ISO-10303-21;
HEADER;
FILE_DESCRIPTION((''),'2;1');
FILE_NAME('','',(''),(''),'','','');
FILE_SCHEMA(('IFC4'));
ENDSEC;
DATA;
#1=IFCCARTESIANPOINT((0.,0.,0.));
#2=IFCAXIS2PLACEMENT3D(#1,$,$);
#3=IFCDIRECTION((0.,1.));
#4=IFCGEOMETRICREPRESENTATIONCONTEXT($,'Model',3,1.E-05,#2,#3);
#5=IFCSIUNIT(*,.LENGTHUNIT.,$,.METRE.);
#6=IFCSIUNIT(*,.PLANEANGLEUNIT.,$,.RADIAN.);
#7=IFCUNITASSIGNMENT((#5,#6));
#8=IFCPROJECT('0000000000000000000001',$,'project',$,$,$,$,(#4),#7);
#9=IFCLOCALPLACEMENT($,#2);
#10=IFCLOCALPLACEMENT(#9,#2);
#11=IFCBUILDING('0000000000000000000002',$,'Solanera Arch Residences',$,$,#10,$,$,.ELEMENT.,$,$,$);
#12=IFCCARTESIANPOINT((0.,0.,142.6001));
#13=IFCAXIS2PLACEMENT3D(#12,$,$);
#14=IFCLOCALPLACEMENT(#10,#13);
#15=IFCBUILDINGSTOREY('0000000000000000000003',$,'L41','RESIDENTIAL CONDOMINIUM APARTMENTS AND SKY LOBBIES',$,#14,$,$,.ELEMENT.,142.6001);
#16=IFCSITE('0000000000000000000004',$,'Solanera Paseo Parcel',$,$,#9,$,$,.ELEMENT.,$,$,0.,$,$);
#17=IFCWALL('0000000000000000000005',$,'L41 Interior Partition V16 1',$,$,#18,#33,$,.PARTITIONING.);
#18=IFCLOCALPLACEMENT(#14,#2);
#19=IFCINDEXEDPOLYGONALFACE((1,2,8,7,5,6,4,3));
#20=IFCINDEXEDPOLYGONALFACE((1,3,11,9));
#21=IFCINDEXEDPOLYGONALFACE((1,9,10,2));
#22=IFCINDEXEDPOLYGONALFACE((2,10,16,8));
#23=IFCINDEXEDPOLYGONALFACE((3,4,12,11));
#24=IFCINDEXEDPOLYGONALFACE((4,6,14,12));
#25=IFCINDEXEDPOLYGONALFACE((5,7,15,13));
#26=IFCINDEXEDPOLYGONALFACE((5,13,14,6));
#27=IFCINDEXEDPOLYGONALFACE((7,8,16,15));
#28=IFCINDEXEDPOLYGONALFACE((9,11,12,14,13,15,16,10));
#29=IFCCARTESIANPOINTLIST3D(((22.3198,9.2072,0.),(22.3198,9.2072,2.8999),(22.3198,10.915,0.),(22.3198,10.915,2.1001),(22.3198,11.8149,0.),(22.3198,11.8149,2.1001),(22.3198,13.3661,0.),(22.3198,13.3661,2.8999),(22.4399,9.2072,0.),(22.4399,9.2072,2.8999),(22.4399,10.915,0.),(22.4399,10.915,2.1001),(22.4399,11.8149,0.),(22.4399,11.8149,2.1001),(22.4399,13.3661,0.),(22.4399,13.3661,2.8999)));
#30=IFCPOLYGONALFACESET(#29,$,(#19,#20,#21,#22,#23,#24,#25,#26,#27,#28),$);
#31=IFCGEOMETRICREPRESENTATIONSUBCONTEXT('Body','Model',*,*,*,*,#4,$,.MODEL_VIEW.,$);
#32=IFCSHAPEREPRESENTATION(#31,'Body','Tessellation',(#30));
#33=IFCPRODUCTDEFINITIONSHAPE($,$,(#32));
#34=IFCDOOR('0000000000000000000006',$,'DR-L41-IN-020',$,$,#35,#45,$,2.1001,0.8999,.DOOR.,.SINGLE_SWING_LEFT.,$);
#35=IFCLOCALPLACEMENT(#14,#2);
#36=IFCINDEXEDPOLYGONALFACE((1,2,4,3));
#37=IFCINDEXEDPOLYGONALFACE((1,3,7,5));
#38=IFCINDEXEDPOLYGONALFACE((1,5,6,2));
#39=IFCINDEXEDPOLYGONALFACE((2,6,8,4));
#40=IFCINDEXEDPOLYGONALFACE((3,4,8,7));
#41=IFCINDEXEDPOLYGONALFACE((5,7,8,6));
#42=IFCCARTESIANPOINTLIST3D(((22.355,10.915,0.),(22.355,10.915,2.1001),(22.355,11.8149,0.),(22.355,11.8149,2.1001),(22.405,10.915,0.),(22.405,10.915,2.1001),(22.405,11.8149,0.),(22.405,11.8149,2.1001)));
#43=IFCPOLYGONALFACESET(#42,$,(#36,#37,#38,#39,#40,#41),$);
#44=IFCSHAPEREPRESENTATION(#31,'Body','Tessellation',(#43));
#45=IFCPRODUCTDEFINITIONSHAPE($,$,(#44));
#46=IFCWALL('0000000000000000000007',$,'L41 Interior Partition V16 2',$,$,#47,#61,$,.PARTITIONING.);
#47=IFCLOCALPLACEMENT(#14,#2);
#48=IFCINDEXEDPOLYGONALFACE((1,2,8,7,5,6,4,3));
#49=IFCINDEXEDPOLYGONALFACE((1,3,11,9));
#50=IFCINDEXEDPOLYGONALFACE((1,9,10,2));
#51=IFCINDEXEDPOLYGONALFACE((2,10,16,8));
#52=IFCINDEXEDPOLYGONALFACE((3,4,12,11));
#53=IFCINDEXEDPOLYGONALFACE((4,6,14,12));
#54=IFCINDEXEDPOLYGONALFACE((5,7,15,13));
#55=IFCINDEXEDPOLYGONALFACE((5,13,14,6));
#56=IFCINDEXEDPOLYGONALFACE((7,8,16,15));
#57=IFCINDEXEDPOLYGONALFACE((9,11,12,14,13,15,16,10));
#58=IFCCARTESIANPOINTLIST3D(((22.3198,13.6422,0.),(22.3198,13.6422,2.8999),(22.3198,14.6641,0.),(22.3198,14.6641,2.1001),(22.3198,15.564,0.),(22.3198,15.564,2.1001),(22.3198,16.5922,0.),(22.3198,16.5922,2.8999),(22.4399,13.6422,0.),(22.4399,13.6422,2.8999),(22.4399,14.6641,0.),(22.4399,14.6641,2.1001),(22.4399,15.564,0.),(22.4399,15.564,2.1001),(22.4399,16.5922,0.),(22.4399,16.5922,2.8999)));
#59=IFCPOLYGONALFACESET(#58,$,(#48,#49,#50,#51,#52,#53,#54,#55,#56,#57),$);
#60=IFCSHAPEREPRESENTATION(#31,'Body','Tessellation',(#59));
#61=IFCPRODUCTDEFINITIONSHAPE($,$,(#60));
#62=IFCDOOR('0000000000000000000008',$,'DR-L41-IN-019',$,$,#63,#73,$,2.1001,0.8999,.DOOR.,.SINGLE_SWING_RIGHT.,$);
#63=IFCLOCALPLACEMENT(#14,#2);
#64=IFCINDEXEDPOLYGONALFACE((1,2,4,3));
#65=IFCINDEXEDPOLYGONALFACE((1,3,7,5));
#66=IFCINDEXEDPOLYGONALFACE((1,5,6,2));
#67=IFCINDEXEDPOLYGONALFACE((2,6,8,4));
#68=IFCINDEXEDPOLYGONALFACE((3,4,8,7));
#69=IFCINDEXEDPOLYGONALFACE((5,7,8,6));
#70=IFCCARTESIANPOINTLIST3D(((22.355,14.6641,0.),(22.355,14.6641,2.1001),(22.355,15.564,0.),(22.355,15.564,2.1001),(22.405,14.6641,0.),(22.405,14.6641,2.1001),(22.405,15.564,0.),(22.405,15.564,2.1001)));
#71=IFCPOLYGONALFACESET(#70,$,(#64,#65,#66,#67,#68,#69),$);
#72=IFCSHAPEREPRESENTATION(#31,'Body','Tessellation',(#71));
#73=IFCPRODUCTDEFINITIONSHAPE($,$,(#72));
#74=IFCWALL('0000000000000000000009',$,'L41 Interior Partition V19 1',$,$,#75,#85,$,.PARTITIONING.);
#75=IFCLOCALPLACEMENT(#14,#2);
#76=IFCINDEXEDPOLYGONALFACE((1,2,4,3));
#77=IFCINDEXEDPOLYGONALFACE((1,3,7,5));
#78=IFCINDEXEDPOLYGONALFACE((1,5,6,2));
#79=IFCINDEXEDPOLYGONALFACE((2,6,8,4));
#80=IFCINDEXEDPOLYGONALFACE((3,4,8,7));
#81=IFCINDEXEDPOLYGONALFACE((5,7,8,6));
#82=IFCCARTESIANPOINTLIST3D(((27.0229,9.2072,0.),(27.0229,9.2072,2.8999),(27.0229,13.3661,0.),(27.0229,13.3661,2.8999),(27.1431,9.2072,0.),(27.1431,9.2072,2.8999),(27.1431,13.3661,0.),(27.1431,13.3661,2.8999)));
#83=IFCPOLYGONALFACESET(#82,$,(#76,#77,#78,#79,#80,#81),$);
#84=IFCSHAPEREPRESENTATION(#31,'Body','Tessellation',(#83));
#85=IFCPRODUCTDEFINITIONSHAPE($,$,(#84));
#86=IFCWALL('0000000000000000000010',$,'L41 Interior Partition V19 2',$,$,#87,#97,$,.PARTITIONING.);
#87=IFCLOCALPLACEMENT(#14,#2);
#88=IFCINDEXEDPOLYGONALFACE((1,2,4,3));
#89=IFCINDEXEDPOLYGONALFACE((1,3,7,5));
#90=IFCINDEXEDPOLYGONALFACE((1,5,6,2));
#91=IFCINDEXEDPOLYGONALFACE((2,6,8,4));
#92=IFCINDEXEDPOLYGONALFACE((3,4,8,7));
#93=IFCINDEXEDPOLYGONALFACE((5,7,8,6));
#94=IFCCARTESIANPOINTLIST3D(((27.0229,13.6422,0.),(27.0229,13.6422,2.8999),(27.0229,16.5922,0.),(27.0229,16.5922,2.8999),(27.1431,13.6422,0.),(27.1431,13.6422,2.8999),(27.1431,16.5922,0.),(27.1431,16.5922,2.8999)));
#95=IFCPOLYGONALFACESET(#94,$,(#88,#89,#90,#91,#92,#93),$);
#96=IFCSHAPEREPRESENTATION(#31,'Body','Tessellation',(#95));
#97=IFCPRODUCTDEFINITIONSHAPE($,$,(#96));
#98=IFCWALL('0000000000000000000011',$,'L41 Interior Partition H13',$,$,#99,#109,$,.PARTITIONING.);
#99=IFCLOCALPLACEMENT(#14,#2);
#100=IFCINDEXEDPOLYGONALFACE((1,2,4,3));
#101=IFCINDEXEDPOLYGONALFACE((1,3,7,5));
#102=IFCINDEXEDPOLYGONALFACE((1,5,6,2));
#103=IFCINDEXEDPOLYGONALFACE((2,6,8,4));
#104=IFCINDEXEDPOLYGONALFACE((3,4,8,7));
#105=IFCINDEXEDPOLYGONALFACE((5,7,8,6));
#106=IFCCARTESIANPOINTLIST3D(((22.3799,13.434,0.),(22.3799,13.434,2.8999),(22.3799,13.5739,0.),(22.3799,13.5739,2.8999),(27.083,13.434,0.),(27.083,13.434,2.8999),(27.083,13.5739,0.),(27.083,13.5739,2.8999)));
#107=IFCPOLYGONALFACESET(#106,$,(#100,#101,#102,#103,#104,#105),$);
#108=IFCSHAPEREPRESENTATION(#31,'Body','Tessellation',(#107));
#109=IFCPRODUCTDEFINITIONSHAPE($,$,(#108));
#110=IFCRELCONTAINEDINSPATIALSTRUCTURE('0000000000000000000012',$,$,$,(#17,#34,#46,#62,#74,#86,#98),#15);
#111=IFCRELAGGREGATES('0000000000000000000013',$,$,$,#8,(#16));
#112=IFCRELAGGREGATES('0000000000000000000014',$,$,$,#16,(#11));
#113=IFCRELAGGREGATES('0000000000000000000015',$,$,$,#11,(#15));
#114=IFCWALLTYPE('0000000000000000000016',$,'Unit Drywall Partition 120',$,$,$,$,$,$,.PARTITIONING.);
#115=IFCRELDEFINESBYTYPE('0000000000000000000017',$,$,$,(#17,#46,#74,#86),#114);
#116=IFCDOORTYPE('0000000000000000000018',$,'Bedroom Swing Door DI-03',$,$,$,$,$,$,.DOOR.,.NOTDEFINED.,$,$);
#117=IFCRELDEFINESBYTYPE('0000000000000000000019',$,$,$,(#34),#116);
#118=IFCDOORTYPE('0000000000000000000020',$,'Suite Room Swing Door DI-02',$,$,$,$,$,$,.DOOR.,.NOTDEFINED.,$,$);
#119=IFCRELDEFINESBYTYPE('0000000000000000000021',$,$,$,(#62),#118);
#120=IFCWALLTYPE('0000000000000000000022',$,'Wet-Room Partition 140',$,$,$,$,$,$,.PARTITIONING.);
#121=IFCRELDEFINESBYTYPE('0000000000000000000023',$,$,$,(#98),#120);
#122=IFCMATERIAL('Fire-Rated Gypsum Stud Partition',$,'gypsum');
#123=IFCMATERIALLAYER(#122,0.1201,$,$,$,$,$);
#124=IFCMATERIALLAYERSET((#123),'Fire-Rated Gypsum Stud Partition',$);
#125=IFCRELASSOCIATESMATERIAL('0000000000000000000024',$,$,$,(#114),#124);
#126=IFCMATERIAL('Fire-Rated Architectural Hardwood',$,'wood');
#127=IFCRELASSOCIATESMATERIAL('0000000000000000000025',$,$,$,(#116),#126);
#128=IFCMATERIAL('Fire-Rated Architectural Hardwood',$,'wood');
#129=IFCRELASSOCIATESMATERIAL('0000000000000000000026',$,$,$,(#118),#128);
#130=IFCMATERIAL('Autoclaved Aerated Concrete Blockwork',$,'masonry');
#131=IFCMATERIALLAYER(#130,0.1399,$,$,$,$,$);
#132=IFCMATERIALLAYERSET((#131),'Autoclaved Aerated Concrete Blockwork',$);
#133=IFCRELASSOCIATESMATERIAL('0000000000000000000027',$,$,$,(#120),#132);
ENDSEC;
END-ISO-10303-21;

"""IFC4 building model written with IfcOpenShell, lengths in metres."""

from ifc_helpers import new_model, si_unit, direction, frame, frame_2d, origin, place, context, subcontext, project, spatial, rectangle, extrude, material, layer, layer_set, type_object, element, fill, save


model = new_model("IFC4")

# Units and contexts
model_context = context("Model", 3, precision=1e-05, world=origin(), true_north=direction((0.0, 1.0)))
body_context = subcontext(model_context, "Body", "Model", "MODEL_VIEW")
ifc_project = project(units=[si_unit("LENGTHUNIT", "METRE"), si_unit("PLANEANGLEUNIT", "RADIAN")], contexts=[model_context])

# Site, building, storey
site_placement = place(None, origin())
site = spatial("IfcSite", under=ifc_project, at=site_placement, Name="Solanera Paseo Parcel", CompositionType="ELEMENT", RefElevation=0.0)
building_placement = place(site_placement, origin())
building = spatial("IfcBuilding", under=site, at=building_placement, Name="Solanera Arch Residences", CompositionType="ELEMENT")
storey_placement = place(building_placement, frame((0.0, 0.0, 142.6001)))
storey = spatial("IfcBuildingStorey", under=building, at=storey_placement, Name="L41", Description="RESIDENTIAL CONDOMINIUM APARTMENTS AND SKY LOBBIES", CompositionType="ELEMENT", Elevation=142.6001)

# Walls, openings, doors
ifc_material_1 = material(Name="Fire-Rated Gypsum Stud Partition", Category="gypsum")
ifc_layer_1 = layer(ifc_material_1, 0.1201)
ifc_layer_set_1 = layer_set([ifc_layer_1], Name="Fire-Rated Gypsum Stud Partition")
wall_type_1 = type_object("IfcWallType", Name="Unit Drywall Partition 120", PredefinedType="PARTITIONING", material=ifc_layer_set_1)
wall_1_placement = place(storey_placement, frame((22.3799, 9.207, 0.0), z_axis=(0.0, 0.0, 1.0), x_axis=(0.0, 1.0, 0.0)))
wall_1 = element("IfcWall", 1, at=wall_1_placement, inside=storey, type_object=wall_type_1, Name="L41 Interior Partition V16 1", PredefinedType="PARTITIONING", context=body_context, shape_type="SweptSolid", body=[
    extrude(rectangle(XDim=4.1589, YDim=0.1201, at=frame_2d((2.0796, 0.0))), origin(), (0.0, 0.0, 1.0), 2.8999),
])
opening_1_placement = place(wall_1_placement, frame((1.708, 0.0, 0.0)))
opening_1 = element("IfcOpeningElement", 2, at=opening_1_placement, cuts=wall_1, PredefinedType="OPENING", context=body_context, shape_type="SweptSolid", body=[
    extrude(rectangle(XDim=0.8999, YDim=2.1001, at=frame_2d((0.45, 1.05))), frame((0.0, 0.0701, 0.0), z_axis=(0.0, -1.0, 0.0), x_axis=(1.0, 0.0, 0.0)), (0.0, 0.0, 1.0), 0.1401),
])
ifc_material_2 = material(Name="Fire-Rated Architectural Hardwood", Category="wood")
door_type_1 = type_object("IfcDoorType", Name="Bedroom Swing Door DI-03", OperationType="NOTDEFINED", PredefinedType="DOOR", material=ifc_material_2)
door_1_placement = place(opening_1_placement, origin())
door_1 = element("IfcDoor", 3, at=door_1_placement, inside=storey, type_object=door_type_1, Name="DR-L41-IN-020", OperationType="SINGLE_SWING_LEFT", OverallHeight=2.1001, OverallWidth=0.8999, PredefinedType="DOOR", context=body_context, shape_type="SweptSolid", body=[
    extrude(rectangle(XDim=0.8999, YDim=2.1001, at=frame_2d((0.45, 1.05))), frame((0.0, 0.0249, 0.0), z_axis=(0.0, -1.0, 0.0), x_axis=(1.0, 0.0, 0.0)), (0.0, 0.0, 1.0), 0.05),
])
fill(opening_1, door_1)
wall_2_placement = place(storey_placement, frame((22.3799, 13.6421, 0.0), z_axis=(0.0, 0.0, 1.0), x_axis=(0.0, 1.0, 0.0)))
wall_2 = element("IfcWall", 4, at=wall_2_placement, inside=storey, type_object=wall_type_1, Name="L41 Interior Partition V16 2", PredefinedType="PARTITIONING", context=body_context, shape_type="SweptSolid", body=[
    extrude(rectangle(XDim=2.95, YDim=0.1201, at=frame_2d((1.4751, 0.0))), origin(), (0.0, 0.0, 1.0), 2.8999),
])
opening_2_placement = place(wall_2_placement, frame((1.022, 0.0, 0.0)))
opening_2 = element("IfcOpeningElement", 5, at=opening_2_placement, cuts=wall_2, PredefinedType="OPENING", context=body_context, shape_type="SweptSolid", body=[
    extrude(rectangle(XDim=0.8999, YDim=2.1001, at=frame_2d((0.45, 1.05))), frame((0.0, 0.0701, 0.0), z_axis=(0.0, -1.0, 0.0), x_axis=(1.0, 0.0, 0.0)), (0.0, 0.0, 1.0), 0.1401),
])
ifc_material_3 = material(Name="Fire-Rated Architectural Hardwood", Category="wood")
door_type_2 = type_object("IfcDoorType", Name="Suite Room Swing Door DI-02", OperationType="NOTDEFINED", PredefinedType="DOOR", material=ifc_material_3)
door_2_placement = place(opening_2_placement, origin())
door_2 = element("IfcDoor", 6, at=door_2_placement, inside=storey, type_object=door_type_2, Name="DR-L41-IN-019", OperationType="SINGLE_SWING_RIGHT", OverallHeight=2.1001, OverallWidth=0.8999, PredefinedType="DOOR", context=body_context, shape_type="SweptSolid", body=[
    extrude(rectangle(XDim=0.8999, YDim=2.1001, at=frame_2d((0.45, 1.05))), frame((0.0, 0.0249, 0.0), z_axis=(0.0, -1.0, 0.0), x_axis=(1.0, 0.0, 0.0)), (0.0, 0.0, 1.0), 0.05),
])
fill(opening_2, door_2)

# Walls
wall_3_placement = place(storey_placement, frame((27.083, 9.207, 0.0), z_axis=(0.0, 0.0, 1.0), x_axis=(0.0, 1.0, 0.0)))
element("IfcWall", 7, at=wall_3_placement, inside=storey, type_object=wall_type_1, Name="L41 Interior Partition V19 1", PredefinedType="PARTITIONING", context=body_context, shape_type="SweptSolid", body=[
    extrude(rectangle(XDim=4.1589, YDim=0.1201, at=frame_2d((2.0796, 0.0))), origin(), (0.0, 0.0, 1.0), 2.8999),
])
wall_4_placement = place(storey_placement, frame((27.083, 13.6421, 0.0), z_axis=(0.0, 0.0, 1.0), x_axis=(0.0, 1.0, 0.0)))
element("IfcWall", 8, at=wall_4_placement, inside=storey, type_object=wall_type_1, Name="L41 Interior Partition V19 2", PredefinedType="PARTITIONING", context=body_context, shape_type="SweptSolid", body=[
    extrude(rectangle(XDim=2.95, YDim=0.1201, at=frame_2d((1.4751, 0.0))), origin(), (0.0, 0.0, 1.0), 2.8999),
])
ifc_material_4 = material(Name="Autoclaved Aerated Concrete Blockwork", Category="masonry")
ifc_layer_2 = layer(ifc_material_4, 0.1399)
ifc_layer_set_2 = layer_set([ifc_layer_2], Name="Autoclaved Aerated Concrete Blockwork")
wall_type_2 = type_object("IfcWallType", Name="Wet-Room Partition 140", PredefinedType="PARTITIONING", material=ifc_layer_set_2)
wall_5_placement = place(storey_placement, frame((22.3799, 13.5039, 0.0), z_axis=(0.0, 0.0, 1.0), x_axis=(1.0, 0.0, 0.0)))
element("IfcWall", 9, at=wall_5_placement, inside=storey, type_object=wall_type_2, Name="L41 Interior Partition H13", PredefinedType="PARTITIONING", context=body_context, shape_type="SweptSolid", body=[
    extrude(rectangle(XDim=4.7031, YDim=0.1399, at=frame_2d((2.3516, 0.0))), origin(), (0.0, 0.0, 1.0), 2.8999),
])

save(model, "model.ifc")
